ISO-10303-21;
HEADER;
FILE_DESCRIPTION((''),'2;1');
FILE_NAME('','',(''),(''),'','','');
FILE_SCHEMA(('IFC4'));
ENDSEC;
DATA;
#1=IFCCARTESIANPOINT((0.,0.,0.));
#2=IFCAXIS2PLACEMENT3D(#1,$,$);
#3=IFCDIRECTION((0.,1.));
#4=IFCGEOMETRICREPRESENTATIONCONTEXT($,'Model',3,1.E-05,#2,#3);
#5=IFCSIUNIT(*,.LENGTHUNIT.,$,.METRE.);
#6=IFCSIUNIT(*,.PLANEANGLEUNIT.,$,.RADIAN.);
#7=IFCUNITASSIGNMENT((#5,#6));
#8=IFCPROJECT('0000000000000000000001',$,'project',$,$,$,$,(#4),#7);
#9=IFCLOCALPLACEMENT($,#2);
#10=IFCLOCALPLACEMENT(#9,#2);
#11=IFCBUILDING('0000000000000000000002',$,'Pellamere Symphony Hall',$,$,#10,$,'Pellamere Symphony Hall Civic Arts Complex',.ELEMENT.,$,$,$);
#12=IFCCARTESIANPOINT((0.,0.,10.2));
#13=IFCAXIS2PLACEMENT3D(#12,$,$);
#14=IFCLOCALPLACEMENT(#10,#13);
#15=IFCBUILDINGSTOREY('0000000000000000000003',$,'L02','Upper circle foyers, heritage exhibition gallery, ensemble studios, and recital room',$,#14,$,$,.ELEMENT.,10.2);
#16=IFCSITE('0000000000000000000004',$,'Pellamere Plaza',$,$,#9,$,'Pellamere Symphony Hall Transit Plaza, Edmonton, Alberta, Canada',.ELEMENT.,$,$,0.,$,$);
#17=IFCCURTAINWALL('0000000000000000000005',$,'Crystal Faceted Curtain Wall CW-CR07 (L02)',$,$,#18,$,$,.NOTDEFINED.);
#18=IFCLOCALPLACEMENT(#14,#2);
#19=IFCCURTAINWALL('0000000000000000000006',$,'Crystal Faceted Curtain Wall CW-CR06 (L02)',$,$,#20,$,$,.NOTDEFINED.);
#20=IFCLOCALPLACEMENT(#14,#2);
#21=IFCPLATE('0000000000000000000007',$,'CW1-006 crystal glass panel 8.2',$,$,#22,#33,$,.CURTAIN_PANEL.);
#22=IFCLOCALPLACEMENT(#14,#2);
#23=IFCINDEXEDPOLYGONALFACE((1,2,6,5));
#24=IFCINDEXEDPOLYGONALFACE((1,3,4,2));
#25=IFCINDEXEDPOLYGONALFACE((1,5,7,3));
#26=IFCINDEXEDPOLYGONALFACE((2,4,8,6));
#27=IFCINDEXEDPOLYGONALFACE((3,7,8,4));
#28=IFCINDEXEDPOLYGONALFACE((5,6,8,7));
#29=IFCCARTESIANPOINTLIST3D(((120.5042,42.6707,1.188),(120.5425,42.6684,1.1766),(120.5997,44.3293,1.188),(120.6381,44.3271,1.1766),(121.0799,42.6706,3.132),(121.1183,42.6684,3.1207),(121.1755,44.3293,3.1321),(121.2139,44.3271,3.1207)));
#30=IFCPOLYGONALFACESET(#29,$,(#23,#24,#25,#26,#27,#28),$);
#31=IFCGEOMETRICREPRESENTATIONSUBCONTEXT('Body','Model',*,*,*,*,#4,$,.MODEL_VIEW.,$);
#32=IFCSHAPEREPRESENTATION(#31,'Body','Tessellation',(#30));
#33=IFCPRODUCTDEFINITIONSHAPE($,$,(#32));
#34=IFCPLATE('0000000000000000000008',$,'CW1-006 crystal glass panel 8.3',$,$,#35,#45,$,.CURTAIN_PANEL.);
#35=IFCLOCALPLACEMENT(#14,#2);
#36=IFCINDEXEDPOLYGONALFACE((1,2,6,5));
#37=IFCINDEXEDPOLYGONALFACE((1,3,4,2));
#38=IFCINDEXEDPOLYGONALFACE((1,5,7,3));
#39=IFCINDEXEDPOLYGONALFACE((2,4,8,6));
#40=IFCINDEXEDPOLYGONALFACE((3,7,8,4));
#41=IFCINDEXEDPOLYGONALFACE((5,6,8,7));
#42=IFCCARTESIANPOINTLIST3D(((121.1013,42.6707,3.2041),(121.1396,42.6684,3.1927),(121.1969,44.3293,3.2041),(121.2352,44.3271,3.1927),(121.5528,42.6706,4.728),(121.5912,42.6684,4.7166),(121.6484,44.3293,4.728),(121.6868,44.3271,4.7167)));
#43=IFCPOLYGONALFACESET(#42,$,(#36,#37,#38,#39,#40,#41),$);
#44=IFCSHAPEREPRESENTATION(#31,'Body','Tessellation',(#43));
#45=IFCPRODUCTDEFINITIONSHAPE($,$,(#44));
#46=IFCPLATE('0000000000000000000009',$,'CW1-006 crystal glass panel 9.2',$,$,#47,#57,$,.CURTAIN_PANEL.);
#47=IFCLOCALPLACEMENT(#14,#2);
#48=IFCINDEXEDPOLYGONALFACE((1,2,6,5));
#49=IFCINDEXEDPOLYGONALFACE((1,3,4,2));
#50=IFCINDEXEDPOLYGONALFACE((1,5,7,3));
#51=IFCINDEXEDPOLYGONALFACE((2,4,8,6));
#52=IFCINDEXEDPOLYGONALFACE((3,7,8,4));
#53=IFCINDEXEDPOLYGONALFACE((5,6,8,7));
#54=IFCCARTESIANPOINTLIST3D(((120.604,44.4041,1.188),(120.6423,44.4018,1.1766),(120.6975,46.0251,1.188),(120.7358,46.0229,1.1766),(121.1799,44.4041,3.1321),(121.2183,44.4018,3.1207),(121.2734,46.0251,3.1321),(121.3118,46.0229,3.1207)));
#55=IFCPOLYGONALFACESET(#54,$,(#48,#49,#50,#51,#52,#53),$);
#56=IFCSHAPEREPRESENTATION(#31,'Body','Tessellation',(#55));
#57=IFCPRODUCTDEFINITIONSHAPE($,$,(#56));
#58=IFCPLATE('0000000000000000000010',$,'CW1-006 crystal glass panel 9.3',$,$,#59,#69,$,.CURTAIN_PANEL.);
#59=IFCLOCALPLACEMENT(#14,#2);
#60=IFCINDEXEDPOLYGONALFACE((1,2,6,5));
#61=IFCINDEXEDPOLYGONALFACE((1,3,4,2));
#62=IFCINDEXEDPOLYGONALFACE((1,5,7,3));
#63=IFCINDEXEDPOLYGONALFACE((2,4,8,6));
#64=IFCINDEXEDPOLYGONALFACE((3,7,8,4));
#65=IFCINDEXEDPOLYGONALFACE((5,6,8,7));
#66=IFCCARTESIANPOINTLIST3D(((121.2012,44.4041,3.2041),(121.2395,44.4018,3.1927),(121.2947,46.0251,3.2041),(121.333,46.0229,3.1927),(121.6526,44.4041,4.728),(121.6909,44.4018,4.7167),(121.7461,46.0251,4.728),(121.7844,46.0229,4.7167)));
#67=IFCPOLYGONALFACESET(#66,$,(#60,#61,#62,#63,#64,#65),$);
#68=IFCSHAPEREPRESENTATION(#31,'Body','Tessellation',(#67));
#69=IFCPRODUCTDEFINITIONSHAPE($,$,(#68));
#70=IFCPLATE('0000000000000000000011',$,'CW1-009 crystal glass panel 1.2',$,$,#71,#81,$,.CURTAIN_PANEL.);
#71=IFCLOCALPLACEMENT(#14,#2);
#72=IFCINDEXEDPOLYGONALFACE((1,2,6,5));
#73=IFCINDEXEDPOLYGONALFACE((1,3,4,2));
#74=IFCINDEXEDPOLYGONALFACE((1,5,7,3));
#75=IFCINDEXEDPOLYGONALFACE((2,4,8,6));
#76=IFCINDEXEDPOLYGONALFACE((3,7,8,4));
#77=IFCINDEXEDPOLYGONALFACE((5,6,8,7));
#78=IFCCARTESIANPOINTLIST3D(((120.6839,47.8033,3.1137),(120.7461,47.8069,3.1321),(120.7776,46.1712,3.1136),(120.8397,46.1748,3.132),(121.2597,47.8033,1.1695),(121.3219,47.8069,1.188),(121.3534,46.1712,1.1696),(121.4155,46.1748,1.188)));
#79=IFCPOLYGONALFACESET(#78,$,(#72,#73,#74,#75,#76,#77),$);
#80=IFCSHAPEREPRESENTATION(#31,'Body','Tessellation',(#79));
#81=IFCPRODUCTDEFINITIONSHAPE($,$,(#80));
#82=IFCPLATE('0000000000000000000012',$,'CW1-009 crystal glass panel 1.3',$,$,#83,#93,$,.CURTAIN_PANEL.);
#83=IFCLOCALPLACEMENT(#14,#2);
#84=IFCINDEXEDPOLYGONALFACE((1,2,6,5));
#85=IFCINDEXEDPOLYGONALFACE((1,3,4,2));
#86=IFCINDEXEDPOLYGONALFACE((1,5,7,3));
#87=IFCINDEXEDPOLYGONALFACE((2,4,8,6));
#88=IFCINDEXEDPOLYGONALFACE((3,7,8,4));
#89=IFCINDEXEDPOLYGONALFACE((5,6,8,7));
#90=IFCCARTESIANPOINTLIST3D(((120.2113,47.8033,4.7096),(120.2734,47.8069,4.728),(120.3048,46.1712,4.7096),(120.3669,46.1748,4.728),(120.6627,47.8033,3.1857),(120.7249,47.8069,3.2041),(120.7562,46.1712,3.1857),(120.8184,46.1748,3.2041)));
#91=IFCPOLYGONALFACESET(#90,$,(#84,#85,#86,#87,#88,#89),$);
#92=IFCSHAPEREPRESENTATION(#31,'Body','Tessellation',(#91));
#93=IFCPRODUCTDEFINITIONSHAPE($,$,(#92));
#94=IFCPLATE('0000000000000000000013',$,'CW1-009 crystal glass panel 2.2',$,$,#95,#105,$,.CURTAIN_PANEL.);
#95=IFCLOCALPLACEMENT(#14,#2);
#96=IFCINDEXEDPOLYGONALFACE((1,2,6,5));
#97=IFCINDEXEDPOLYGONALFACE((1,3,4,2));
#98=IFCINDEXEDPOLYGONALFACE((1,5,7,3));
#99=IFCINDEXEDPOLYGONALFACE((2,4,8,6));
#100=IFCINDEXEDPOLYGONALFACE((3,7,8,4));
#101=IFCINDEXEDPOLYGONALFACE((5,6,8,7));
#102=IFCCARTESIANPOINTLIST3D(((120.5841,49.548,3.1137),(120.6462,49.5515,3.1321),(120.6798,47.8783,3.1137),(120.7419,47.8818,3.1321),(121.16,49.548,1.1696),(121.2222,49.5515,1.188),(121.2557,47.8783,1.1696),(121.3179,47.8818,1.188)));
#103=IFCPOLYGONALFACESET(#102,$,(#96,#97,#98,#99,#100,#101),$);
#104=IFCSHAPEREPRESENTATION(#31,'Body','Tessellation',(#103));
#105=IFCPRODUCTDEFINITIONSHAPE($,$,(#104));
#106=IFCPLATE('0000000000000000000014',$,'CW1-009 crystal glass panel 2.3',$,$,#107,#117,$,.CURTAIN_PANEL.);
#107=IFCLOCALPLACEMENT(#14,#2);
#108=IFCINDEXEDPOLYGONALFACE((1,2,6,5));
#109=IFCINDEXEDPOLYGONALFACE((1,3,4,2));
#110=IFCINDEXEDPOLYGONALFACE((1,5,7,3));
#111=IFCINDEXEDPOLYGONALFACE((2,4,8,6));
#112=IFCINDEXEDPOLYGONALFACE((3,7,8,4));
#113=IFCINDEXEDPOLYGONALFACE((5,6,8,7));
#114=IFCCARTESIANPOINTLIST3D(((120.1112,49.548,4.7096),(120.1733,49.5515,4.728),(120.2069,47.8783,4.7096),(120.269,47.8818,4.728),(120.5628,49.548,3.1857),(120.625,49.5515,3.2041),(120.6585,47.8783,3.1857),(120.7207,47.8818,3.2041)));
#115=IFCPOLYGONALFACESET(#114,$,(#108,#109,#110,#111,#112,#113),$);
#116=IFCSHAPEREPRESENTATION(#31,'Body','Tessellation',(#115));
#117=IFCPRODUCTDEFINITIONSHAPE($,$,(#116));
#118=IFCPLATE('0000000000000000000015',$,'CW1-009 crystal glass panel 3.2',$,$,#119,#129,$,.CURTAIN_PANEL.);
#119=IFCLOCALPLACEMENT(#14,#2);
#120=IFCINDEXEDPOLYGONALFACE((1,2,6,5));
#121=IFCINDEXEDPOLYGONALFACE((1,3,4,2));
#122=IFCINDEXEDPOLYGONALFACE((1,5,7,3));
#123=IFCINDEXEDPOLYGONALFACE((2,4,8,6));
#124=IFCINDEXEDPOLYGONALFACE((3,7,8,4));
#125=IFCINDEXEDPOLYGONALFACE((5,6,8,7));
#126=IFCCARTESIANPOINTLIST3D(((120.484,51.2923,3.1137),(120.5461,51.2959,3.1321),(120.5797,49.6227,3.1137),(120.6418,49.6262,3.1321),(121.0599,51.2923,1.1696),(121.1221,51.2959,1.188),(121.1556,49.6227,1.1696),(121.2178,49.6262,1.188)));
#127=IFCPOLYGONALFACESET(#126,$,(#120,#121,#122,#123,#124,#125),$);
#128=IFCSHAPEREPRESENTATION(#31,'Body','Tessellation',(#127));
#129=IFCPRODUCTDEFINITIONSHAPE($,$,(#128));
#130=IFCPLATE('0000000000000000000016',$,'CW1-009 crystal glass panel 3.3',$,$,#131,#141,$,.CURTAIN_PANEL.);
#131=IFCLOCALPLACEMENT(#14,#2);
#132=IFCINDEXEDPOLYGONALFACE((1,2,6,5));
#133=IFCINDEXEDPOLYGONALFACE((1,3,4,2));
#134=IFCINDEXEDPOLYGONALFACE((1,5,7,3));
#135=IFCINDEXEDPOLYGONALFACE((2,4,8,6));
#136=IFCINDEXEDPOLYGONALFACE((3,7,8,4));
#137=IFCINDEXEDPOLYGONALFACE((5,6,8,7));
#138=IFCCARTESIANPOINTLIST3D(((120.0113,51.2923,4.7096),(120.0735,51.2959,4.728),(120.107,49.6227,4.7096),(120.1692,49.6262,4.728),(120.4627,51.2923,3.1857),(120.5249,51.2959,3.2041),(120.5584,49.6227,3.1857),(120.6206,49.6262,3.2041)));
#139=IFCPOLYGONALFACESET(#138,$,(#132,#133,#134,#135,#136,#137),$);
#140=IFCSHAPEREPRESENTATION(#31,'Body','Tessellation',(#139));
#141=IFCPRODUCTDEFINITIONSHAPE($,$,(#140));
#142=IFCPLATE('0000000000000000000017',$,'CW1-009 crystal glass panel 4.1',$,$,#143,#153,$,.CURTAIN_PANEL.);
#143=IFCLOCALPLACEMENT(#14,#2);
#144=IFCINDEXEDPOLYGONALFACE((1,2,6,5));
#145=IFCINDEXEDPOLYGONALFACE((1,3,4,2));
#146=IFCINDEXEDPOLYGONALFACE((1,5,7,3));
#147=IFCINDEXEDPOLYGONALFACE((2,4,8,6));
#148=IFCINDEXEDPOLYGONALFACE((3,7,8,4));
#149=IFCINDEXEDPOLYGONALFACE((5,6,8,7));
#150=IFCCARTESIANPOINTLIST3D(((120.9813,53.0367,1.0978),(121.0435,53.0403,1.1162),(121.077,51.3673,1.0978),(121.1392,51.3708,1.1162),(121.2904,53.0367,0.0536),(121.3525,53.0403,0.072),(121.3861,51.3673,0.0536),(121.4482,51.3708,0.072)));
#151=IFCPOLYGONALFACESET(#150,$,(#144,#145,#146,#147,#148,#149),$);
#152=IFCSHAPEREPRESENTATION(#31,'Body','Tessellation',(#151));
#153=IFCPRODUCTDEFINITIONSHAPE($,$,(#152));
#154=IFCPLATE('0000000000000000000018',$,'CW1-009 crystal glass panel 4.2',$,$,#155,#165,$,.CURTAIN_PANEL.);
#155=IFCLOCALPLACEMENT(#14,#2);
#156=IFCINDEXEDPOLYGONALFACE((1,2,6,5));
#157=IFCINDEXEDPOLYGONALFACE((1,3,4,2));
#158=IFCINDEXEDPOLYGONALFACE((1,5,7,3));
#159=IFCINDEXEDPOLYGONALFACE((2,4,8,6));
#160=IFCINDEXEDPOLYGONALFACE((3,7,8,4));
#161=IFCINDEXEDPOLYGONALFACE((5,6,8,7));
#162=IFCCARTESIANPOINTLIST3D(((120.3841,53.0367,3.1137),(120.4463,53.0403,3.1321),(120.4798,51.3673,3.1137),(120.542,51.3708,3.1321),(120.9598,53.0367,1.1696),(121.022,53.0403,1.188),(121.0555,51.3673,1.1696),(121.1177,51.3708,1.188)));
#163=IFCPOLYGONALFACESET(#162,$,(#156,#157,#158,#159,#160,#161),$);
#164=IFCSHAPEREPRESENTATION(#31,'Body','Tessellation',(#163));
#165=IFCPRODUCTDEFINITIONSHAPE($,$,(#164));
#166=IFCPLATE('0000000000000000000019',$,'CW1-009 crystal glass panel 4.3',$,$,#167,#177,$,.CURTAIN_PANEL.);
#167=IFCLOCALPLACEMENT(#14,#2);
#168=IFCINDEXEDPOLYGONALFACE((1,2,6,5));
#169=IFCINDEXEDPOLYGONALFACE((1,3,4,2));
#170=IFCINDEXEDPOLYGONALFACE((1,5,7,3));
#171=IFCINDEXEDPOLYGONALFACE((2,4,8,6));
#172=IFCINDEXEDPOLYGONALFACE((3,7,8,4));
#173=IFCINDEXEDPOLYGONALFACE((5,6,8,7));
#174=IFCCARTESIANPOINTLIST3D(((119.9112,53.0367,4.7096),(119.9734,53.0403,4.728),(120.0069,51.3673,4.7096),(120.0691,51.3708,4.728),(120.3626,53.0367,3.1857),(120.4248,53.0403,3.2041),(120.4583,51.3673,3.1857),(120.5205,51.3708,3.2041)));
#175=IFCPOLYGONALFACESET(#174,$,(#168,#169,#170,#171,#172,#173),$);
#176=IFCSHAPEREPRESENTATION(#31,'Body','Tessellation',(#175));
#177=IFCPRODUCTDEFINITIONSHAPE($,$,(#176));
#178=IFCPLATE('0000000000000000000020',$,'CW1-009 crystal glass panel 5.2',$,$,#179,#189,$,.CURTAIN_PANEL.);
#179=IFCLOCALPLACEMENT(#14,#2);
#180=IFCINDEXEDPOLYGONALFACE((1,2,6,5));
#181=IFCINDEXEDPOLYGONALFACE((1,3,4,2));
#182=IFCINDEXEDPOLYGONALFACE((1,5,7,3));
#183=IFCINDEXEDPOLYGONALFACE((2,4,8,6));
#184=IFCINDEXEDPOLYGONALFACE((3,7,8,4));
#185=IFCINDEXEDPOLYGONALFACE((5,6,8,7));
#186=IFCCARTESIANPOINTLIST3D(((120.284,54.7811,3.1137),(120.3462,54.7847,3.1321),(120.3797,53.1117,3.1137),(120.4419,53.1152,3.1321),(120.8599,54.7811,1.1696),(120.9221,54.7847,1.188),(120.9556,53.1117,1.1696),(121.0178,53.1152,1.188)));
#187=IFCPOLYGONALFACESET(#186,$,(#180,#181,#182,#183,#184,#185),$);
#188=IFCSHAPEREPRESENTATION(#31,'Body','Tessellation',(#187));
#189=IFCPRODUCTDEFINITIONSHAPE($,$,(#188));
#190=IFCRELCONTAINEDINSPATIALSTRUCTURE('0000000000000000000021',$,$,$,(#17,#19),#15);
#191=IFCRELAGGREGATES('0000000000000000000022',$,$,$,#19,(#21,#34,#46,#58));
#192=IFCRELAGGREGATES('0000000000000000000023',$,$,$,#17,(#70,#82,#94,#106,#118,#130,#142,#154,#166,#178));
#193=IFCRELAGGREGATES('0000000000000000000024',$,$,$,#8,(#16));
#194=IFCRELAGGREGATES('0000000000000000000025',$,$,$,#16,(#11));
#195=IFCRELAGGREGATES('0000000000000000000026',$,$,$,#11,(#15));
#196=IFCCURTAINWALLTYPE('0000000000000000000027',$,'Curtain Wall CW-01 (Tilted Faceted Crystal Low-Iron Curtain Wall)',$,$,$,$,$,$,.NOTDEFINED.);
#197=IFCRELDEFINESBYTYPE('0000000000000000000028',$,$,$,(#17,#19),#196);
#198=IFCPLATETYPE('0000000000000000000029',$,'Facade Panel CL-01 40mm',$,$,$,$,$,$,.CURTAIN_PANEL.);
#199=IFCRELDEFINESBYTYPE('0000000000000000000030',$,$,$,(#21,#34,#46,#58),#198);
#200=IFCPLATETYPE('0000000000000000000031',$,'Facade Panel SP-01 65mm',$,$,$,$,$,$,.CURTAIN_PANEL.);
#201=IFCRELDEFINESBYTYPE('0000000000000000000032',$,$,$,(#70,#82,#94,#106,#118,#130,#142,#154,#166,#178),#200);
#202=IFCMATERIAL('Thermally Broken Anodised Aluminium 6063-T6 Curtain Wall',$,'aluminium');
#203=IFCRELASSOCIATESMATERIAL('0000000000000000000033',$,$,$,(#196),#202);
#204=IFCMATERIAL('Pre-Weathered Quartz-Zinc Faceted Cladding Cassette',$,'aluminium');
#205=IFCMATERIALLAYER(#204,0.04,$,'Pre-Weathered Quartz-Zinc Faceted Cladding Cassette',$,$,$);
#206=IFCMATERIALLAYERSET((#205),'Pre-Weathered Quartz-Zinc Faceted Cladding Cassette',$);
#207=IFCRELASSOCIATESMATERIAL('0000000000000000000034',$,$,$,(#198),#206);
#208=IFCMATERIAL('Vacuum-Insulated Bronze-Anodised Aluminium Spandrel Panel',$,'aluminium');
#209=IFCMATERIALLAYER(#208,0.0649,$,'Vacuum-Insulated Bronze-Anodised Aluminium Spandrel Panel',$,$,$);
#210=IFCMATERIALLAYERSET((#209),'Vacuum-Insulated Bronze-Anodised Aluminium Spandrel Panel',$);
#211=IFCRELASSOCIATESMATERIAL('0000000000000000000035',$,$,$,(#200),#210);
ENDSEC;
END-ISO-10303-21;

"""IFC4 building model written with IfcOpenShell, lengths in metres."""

from ifc_helpers import new_model, si_unit, direction, frame, origin, place, context, subcontext, project, spatial, polyline, outline, extrude, material, layer, layer_set, type_object, element, aggregate, save


model = new_model("IFC4")

# Units and contexts
model_context = context("Model", 3, precision=1e-05, world=origin(), true_north=direction((0.0, 1.0)))
body_context = subcontext(model_context, "Body", "Model", "MODEL_VIEW")
ifc_project = project(units=[si_unit("LENGTHUNIT", "METRE"), si_unit("PLANEANGLEUNIT", "RADIAN")], contexts=[model_context])

# Site, building, storey
site_placement = place(None, origin())
site = spatial("IfcSite", under=ifc_project, at=site_placement, Name="Pellamere Plaza", LongName="Pellamere Symphony Hall Transit Plaza, Edmonton, Alberta, Canada", CompositionType="ELEMENT", RefElevation=0.0)
building_placement = place(site_placement, origin())
building = spatial("IfcBuilding", under=site, at=building_placement, Name="Pellamere Symphony Hall", LongName="Pellamere Symphony Hall Civic Arts Complex", CompositionType="ELEMENT")
storey_placement = place(building_placement, frame((0.0, 0.0, 10.2)))
storey = spatial("IfcBuildingStorey", under=building, at=storey_placement, Name="L02", Description="Upper circle foyers, heritage exhibition gallery, ensemble studios, and recital room", CompositionType="ELEMENT", Elevation=10.2)

# Curtain wall
ifc_material_1 = material(Name="Thermally Broken Anodised Aluminium 6063-T6 Curtain Wall", Category="aluminium")
curtain_wall_type = type_object("IfcCurtainWallType", Name="Curtain Wall CW-01 (Tilted Faceted Crystal Low-Iron Curtain Wall)", PredefinedType="NOTDEFINED", material=ifc_material_1)
curtain_wall_1_placement = place(storey_placement, origin())
curtain_wall_1 = element("IfcCurtainWall", 1, at=curtain_wall_1_placement, inside=storey, type_object=curtain_wall_type, Name="Crystal Faceted Curtain Wall CW-CR07 (L02)", PredefinedType="NOTDEFINED")

# Curtain wall
curtain_wall_2_placement = place(storey_placement, origin())
curtain_wall_2 = element("IfcCurtainWall", 2, at=curtain_wall_2_placement, inside=storey, type_object=curtain_wall_type, Name="Crystal Faceted Curtain Wall CW-CR06 (L02)", PredefinedType="NOTDEFINED")

# Plates
ifc_material_2 = material(Name="Pre-Weathered Quartz-Zinc Faceted Cladding Cassette", Category="aluminium")
ifc_layer_1 = layer(ifc_material_2, 0.04, Name="Pre-Weathered Quartz-Zinc Faceted Cladding Cassette")
ifc_layer_set_1 = layer_set([ifc_layer_1], Name="Pre-Weathered Quartz-Zinc Faceted Cladding Cassette")
plate_type_1 = type_object("IfcPlateType", Name="Facade Panel CL-01 40mm", PredefinedType="CURTAIN_PANEL", material=ifc_layer_set_1)
plate_1_placement = place(storey_placement, frame((120.5042, 42.6707, 1.188), z_axis=(-0.957368, 0.055168, 0.283555), x_axis=(0.057523, 0.998344, -0.00002)))
plate_1 = element("IfcPlate", 3, at=plate_1_placement, type_object=plate_type_1, Name="CW1-006 crystal glass panel 8.2", PredefinedType="CURTAIN_PANEL", context=body_context, shape_type="SweptSolid", body=[
    extrude(outline(polyline([(0.0, 0.0), (1.6614, 0.0), (1.6945, -2.0273), (0.0331, -2.0273), (0.0, 0.0)])), origin(), (0.0, 0.0, -1.0), 0.04),
])
plate_2_placement = place(storey_placement, frame((121.1013, 42.6707, 3.2041), z_axis=(-0.957337, 0.055166, 0.283658), x_axis=(0.057523, 0.998344, -0.00002)))
plate_2 = element("IfcPlate", 4, at=plate_2_placement, type_object=plate_type_1, Name="CW1-006 crystal glass panel 8.3", PredefinedType="CURTAIN_PANEL", context=body_context, shape_type="SweptSolid", body=[
    extrude(outline(polyline([(0.0, 0.0), (1.6614, 0.0), (1.6874, -1.5892), (0.0259, -1.5892), (0.0, 0.0)])), origin(), (0.0, 0.0, -1.0), 0.04),
])
plate_3_placement = place(storey_placement, frame((120.604, 44.4041, 1.188), z_axis=(-0.957349, 0.055221, 0.28361), x_axis=(0.057585, 0.998341, 0.0)))
plate_3 = element("IfcPlate", 5, at=plate_3_placement, type_object=plate_type_1, Name="CW1-006 crystal glass panel 9.2", PredefinedType="CURTAIN_PANEL", context=body_context, shape_type="SweptSolid", body=[
    extrude(outline(polyline([(0.0, 0.0), (1.6238, 0.0), (1.657, -2.0273), (0.0332, -2.0273), (0.0, 0.0)])), origin(), (0.0, 0.0, -1.0), 0.04),
])
plate_4_placement = place(storey_placement, frame((121.2012, 44.4041, 3.2041), z_axis=(-0.957355, 0.055221, 0.283587), x_axis=(0.057585, 0.998341, 0.0)))
plate_4 = element("IfcPlate", 6, at=plate_4_placement, type_object=plate_type_1, Name="CW1-006 crystal glass panel 9.3", PredefinedType="CURTAIN_PANEL", context=body_context, shape_type="SweptSolid", body=[
    extrude(outline(polyline([(0.0, 0.0), (1.6238, 0.0), (1.6498, -1.5892), (0.026, -1.5892), (0.0, 0.0)])), origin(), (0.0, 0.0, -1.0), 0.04),
])
aggregate(curtain_wall_2, [plate_1, plate_2, plate_3, plate_4])
ifc_material_3 = material(Name="Vacuum-Insulated Bronze-Anodised Aluminium Spandrel Panel", Category="aluminium")
ifc_layer_2 = layer(ifc_material_3, 0.0649, Name="Vacuum-Insulated Bronze-Anodised Aluminium Spandrel Panel")
ifc_layer_set_2 = layer_set([ifc_layer_2], Name="Vacuum-Insulated Bronze-Anodised Aluminium Spandrel Panel")
plate_type_2 = type_object("IfcPlateType", Name="Facade Panel SP-01 65mm", PredefinedType="CURTAIN_PANEL", material=ifc_layer_set_2)
plate_5_placement = place(storey_placement, frame((121.4155, 46.1748, 1.188), z_axis=(0.957381, 0.054922, 0.283559), x_axis=(-0.057267, 0.998359, -0.00002)))
plate_5 = element("IfcPlate", 7, at=plate_5_placement, type_object=plate_type_2, Name="CW1-009 crystal glass panel 1.2", PredefinedType="CURTAIN_PANEL", context=body_context, shape_type="SweptSolid", body=[
    extrude(outline(polyline([(0.0, 0.0), (1.6348, 0.0), (1.6677, 2.0273), (0.0329, 2.0273), (0.0, 0.0)])), origin(), (0.0, 0.0, -1.0), 0.0649),
])
plate_6_placement = place(storey_placement, frame((120.8184, 46.1748, 3.2041), z_axis=(0.957375, 0.05485, 0.283593), x_axis=(-0.057199, 0.998363, 0.0)))
plate_6 = element("IfcPlate", 8, at=plate_6_placement, type_object=plate_type_2, Name="CW1-009 crystal glass panel 1.3", PredefinedType="CURTAIN_PANEL", context=body_context, shape_type="SweptSolid", body=[
    extrude(outline(polyline([(0.0, 0.0), (1.6348, 0.0), (1.6606, 1.5892), (0.0258, 1.5892), (0.0, 0.0)])), origin(), (0.0, 0.0, -1.0), 0.0649),
])
plate_7_placement = place(storey_placement, frame((121.3179, 47.8818, 1.188), z_axis=(0.957367, 0.054875, 0.283615), x_axis=(-0.057224, 0.998361, 0.0)))
plate_7 = element("IfcPlate", 9, at=plate_7_placement, type_object=plate_type_2, Name="CW1-009 crystal glass panel 2.2", PredefinedType="CURTAIN_PANEL", context=body_context, shape_type="SweptSolid", body=[
    extrude(outline(polyline([(0.0, 0.0), (1.6724, 0.0), (1.7054, 2.0273), (0.033, 2.0273), (0.0, 0.0)])), origin(), (0.0, 0.0, -1.0), 0.0649),
])
plate_8_placement = place(storey_placement, frame((120.7207, 47.8818, 3.2041), z_axis=(0.957332, 0.054873, 0.283733), x_axis=(-0.057224, 0.998361, 0.0)))
plate_8 = element("IfcPlate", 10, at=plate_8_placement, type_object=plate_type_2, Name="CW1-009 crystal glass panel 2.3", PredefinedType="CURTAIN_PANEL", context=body_context, shape_type="SweptSolid", body=[
    extrude(outline(polyline([(0.0, 0.0), (1.6724, 0.0), (1.6983, 1.5892), (0.0258, 1.5892), (0.0, 0.0)])), origin(), (0.0, 0.0, -1.0), 0.0649),
])
plate_9_placement = place(storey_placement, frame((121.2178, 49.6262, 1.188), z_axis=(0.957367, 0.054875, 0.283615), x_axis=(-0.057224, 0.998361, 0.0)))
plate_9 = element("IfcPlate", 11, at=plate_9_placement, type_object=plate_type_2, Name="CW1-009 crystal glass panel 3.2", PredefinedType="CURTAIN_PANEL", context=body_context, shape_type="SweptSolid", body=[
    extrude(outline(polyline([(0.0, 0.0), (1.6724, 0.0), (1.7054, 2.0273), (0.033, 2.0273), (0.0, 0.0)])), origin(), (0.0, 0.0, -1.0), 0.0649),
])
plate_10_placement = place(storey_placement, frame((120.6206, 49.6262, 3.2041), z_axis=(0.957374, 0.054875, 0.283592), x_axis=(-0.057224, 0.998361, 0.0)))
plate_10 = element("IfcPlate", 12, at=plate_10_placement, type_object=plate_type_2, Name="CW1-009 crystal glass panel 3.3", PredefinedType="CURTAIN_PANEL", context=body_context, shape_type="SweptSolid", body=[
    extrude(outline(polyline([(0.0, 0.0), (1.6724, 0.0), (1.6983, 1.5892), (0.0258, 1.5892), (0.0, 0.0)])), origin(), (0.0, 0.0, -1.0), 0.0649),
])
plate_11_placement = place(storey_placement, frame((121.4482, 51.3708, 0.072), z_axis=(0.95743, 0.054886, 0.283401), x_axis=(-0.057233, 0.998361, 0.0)))
plate_11 = element("IfcPlate", 13, at=plate_11_placement, type_object=plate_type_2, Name="CW1-009 crystal glass panel 4.1", PredefinedType="CURTAIN_PANEL", context=body_context, shape_type="SweptSolid", body=[
    extrude(outline(polyline([(0.0, 0.0), (1.6722, 0.0), (1.6899, 1.0888), (0.0177, 1.0888), (0.0, 0.0)])), origin(), (0.0, 0.0, -1.0), 0.0649),
])
plate_12_placement = place(storey_placement, frame((121.1177, 51.3708, 1.188), z_axis=(0.957399, 0.054885, 0.283505), x_axis=(-0.057233, 0.998361, 0.0)))
plate_12 = element("IfcPlate", 14, at=plate_12_placement, type_object=plate_type_2, Name="CW1-009 crystal glass panel 4.2", PredefinedType="CURTAIN_PANEL", context=body_context, shape_type="SweptSolid", body=[
    extrude(outline(polyline([(0.0, 0.0), (1.6722, 0.0), (1.7051, 2.0273), (0.0329, 2.0273), (0.0, 0.0)])), origin(), (0.0, 0.0, -1.0), 0.0649),
])
plate_13_placement = place(storey_placement, frame((120.5205, 51.3708, 3.2041), z_axis=(0.957373, 0.054883, 0.283592), x_axis=(-0.057233, 0.998361, 0.0)))
plate_13 = element("IfcPlate", 15, at=plate_13_placement, type_object=plate_type_2, Name="CW1-009 crystal glass panel 4.3", PredefinedType="CURTAIN_PANEL", context=body_context, shape_type="SweptSolid", body=[
    extrude(outline(polyline([(0.0, 0.0), (1.6722, 0.0), (1.698, 1.5892), (0.0258, 1.5892), (0.0, 0.0)])), origin(), (0.0, 0.0, -1.0), 0.0649),
])
plate_14_placement = place(storey_placement, frame((121.0178, 53.1152, 1.188), z_axis=(0.957366, 0.054883, 0.283615), x_axis=(-0.057233, 0.998361, 0.0)))
plate_14 = element("IfcPlate", 16, at=plate_14_placement, type_object=plate_type_2, Name="CW1-009 crystal glass panel 5.2", PredefinedType="CURTAIN_PANEL", context=body_context, shape_type="SweptSolid", body=[
    extrude(outline(polyline([(0.0, 0.0), (1.6722, 0.0), (1.7051, 2.0273), (0.033, 2.0273), (0.0, 0.0)])), origin(), (0.0, 0.0, -1.0), 0.0649),
])
aggregate(curtain_wall_1, [plate_5, plate_6, plate_7, plate_8, plate_9, plate_10, plate_11, plate_12, plate_13, plate_14])

save(model, "model.ifc")
